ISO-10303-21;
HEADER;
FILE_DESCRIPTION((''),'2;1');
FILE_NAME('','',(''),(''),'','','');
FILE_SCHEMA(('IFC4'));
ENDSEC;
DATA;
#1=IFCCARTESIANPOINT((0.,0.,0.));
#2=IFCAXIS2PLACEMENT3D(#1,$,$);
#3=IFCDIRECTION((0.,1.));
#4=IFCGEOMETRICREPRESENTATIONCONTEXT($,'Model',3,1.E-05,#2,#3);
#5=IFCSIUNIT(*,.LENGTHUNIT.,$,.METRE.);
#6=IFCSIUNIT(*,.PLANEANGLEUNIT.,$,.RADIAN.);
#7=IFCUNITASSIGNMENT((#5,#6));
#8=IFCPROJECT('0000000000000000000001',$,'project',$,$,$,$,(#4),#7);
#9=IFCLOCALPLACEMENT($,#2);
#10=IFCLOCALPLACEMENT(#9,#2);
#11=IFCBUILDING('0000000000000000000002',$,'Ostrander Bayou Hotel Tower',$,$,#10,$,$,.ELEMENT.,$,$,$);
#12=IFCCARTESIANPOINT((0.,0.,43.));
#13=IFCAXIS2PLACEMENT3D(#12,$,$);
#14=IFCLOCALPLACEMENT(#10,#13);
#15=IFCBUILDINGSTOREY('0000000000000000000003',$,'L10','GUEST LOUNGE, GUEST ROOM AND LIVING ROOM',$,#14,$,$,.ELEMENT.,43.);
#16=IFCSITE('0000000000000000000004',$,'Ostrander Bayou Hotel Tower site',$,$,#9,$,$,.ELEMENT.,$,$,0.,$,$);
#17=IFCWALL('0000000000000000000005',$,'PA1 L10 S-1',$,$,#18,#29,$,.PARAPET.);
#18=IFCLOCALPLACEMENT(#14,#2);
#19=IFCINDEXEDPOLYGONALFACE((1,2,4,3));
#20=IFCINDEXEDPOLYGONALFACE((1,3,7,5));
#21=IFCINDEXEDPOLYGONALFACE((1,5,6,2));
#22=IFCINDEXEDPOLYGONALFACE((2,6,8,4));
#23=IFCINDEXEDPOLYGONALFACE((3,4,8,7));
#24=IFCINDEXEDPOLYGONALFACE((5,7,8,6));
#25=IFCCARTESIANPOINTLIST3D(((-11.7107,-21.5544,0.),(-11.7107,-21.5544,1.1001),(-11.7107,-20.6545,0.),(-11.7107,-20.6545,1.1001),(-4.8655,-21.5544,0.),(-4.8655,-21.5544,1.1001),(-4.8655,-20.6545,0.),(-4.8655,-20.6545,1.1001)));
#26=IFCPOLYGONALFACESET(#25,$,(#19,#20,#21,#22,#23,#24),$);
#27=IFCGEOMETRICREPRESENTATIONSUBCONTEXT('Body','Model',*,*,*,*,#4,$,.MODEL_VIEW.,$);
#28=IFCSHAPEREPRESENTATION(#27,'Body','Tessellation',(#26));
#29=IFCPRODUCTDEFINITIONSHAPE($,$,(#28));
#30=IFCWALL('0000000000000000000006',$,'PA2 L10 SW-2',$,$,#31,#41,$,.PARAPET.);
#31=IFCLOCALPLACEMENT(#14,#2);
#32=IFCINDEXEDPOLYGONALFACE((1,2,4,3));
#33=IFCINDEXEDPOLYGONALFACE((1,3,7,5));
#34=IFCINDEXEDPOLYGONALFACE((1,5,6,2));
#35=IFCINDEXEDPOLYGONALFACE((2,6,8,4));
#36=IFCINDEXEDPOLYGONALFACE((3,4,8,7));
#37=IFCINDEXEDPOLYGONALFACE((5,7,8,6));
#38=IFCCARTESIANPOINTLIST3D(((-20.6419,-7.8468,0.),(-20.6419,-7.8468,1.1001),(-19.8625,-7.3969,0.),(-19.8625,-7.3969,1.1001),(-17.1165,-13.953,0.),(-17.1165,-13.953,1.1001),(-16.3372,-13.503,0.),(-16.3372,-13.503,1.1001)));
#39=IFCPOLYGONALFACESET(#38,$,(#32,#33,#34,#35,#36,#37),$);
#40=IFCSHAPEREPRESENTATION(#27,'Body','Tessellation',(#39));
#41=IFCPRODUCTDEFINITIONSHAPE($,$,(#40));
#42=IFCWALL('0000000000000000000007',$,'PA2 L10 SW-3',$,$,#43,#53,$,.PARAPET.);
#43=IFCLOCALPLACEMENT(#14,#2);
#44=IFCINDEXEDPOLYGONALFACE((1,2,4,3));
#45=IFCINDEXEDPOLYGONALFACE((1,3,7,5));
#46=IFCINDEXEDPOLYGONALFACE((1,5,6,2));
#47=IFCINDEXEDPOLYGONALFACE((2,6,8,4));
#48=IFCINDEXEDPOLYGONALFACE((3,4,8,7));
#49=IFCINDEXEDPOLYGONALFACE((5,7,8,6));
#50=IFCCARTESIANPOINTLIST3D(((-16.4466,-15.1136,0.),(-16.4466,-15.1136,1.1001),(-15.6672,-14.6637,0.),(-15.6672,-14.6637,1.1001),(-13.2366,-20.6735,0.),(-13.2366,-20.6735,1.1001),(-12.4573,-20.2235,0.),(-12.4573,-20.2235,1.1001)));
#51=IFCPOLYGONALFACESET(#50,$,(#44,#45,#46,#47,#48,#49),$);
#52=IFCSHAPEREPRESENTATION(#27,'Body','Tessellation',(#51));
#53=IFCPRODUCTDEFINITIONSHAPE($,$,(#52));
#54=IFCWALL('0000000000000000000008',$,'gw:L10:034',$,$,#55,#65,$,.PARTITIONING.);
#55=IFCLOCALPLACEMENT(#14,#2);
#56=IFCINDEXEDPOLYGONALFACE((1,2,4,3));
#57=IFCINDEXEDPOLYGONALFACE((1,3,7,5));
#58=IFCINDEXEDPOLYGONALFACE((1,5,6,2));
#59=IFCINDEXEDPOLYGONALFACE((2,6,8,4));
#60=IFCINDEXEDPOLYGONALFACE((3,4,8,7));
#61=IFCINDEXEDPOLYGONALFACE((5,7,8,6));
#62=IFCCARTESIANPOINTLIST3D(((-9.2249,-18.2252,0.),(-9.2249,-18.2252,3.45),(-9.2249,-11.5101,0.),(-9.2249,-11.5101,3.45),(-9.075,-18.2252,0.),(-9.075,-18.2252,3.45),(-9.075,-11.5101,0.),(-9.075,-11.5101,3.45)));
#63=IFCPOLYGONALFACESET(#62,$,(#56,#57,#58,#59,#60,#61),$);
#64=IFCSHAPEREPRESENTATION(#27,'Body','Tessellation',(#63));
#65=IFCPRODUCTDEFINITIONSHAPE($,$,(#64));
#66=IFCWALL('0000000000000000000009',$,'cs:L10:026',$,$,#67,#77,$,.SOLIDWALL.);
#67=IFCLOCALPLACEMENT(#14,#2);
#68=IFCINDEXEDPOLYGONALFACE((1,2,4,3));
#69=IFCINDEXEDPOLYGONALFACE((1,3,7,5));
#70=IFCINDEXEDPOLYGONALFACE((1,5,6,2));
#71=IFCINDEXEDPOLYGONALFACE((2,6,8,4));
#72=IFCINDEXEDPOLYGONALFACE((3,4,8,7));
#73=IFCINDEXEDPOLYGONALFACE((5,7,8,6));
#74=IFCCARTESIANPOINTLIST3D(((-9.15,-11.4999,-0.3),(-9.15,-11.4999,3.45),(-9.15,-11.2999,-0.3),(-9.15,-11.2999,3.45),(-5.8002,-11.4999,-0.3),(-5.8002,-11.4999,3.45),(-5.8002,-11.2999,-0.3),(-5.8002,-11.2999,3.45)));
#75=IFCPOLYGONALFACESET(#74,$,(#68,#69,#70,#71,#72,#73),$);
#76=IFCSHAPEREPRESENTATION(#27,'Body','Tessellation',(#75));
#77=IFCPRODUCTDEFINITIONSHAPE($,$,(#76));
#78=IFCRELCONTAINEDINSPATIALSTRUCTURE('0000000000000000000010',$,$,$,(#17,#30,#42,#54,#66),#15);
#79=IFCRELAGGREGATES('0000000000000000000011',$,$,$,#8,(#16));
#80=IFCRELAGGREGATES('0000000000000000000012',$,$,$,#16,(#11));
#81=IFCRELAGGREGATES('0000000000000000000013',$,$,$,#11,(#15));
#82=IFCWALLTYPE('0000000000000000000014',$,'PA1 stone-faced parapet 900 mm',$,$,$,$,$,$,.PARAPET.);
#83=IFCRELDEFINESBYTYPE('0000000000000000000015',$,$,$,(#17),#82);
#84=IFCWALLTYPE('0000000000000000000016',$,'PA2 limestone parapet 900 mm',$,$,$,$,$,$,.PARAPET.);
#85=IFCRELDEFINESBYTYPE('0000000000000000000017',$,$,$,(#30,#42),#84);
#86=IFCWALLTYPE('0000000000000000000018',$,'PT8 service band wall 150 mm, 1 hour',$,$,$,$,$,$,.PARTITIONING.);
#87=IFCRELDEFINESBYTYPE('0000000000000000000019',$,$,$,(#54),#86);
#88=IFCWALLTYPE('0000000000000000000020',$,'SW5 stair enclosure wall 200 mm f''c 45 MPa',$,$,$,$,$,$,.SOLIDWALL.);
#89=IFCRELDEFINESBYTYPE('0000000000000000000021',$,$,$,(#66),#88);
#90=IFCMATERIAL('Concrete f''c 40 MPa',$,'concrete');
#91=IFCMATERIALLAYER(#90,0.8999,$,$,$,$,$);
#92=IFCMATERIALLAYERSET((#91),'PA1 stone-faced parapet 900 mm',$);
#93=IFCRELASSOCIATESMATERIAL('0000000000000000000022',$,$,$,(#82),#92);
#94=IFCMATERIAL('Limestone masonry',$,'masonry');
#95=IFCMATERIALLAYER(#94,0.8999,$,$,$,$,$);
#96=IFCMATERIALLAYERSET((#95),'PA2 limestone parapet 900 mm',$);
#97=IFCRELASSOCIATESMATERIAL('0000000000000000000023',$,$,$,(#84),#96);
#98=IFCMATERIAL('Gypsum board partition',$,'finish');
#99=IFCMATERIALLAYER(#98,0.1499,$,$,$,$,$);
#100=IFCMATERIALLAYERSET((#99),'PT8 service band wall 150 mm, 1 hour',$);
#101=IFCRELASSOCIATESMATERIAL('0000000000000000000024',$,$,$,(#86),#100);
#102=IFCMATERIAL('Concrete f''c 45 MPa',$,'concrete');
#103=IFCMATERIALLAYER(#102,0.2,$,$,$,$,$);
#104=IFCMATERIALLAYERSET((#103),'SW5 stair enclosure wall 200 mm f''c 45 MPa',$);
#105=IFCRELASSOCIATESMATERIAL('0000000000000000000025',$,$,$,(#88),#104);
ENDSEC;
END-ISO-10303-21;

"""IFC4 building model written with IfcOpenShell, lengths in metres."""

from ifc_helpers import new_model, si_unit, direction, frame, frame_2d, origin, place, context, subcontext, project, spatial, rectangle, extrude, material, layer, layer_set, type_object, element, save


model = new_model("IFC4")

# Units and contexts
model_context = context("Model", 3, precision=1e-05, world=origin(), true_north=direction((0.0, 1.0)))
body_context = subcontext(model_context, "Body", "Model", "MODEL_VIEW")
ifc_project = project(units=[si_unit("LENGTHUNIT", "METRE"), si_unit("PLANEANGLEUNIT", "RADIAN")], contexts=[model_context])

# Site, building, storey
site_placement = place(None, origin())
site = spatial("IfcSite", under=ifc_project, at=site_placement, Name="Ostrander Bayou Hotel Tower site", CompositionType="ELEMENT", RefElevation=0.0)
building_placement = place(site_placement, origin())
building = spatial("IfcBuilding", under=site, at=building_placement, Name="Ostrander Bayou Hotel Tower", CompositionType="ELEMENT")
storey_placement = place(building_placement, frame((0.0, 0.0, 43.0)))
storey = spatial("IfcBuildingStorey", under=building, at=storey_placement, Name="L10", Description="GUEST LOUNGE, GUEST ROOM AND LIVING ROOM", CompositionType="ELEMENT", Elevation=43.0)

# Walls
ifc_material_1 = material(Name="Concrete f'c 40 MPa", Category="concrete")
ifc_layer_1 = layer(ifc_material_1, 0.8999)
ifc_layer_set_1 = layer_set([ifc_layer_1], Name="PA1 stone-faced parapet 900 mm")
wall_type_1 = type_object("IfcWallType", Name="PA1 stone-faced parapet 900 mm", PredefinedType="PARAPET", material=ifc_layer_set_1)
wall_1_placement = place(storey_placement, frame((-11.7107, -21.1045, 0.0), z_axis=(0.0, 0.0, 1.0), x_axis=(1.0, 0.0, 0.0)))
element("IfcWall", 1, at=wall_1_placement, inside=storey, type_object=wall_type_1, Name="PA1 L10 S-1", PredefinedType="PARAPET", context=body_context, shape_type="SweptSolid", body=[
    extrude(rectangle(XDim=6.8452, YDim=0.8999, at=frame_2d((3.4226, 0.0))), origin(), (0.0, 0.0, 1.0), 1.1001),
])
ifc_material_2 = material(Name="Limestone masonry", Category="masonry")
ifc_layer_2 = layer(ifc_material_2, 0.8999)
ifc_layer_set_2 = layer_set([ifc_layer_2], Name="PA2 limestone parapet 900 mm")
wall_type_2 = type_object("IfcWallType", Name="PA2 limestone parapet 900 mm", PredefinedType="PARAPET", material=ifc_layer_set_2)
wall_2_placement = place(storey_placement, frame((-20.2522, -7.6218, 0.0), z_axis=(0.0, 0.0, 1.0), x_axis=(0.499997, -0.866027, 0.0)))
element("IfcWall", 2, at=wall_2_placement, inside=storey, type_object=wall_type_2, Name="PA2 L10 SW-2", PredefinedType="PARAPET", context=body_context, shape_type="SweptSolid", body=[
    extrude(rectangle(XDim=7.0508, YDim=0.8999, at=frame_2d((3.5254, 0.0))), origin(), (0.0, 0.0, 1.0), 1.1001),
])
wall_3_placement = place(storey_placement, frame((-16.0569, -14.8887, 0.0), z_axis=(0.0, 0.0, 1.0), x_axis=(0.5, -0.866025, 0.0)))
element("IfcWall", 3, at=wall_3_placement, inside=storey, type_object=wall_type_2, Name="PA2 L10 SW-3", PredefinedType="PARAPET", context=body_context, shape_type="SweptSolid", body=[
    extrude(rectangle(XDim=6.4199, YDim=0.8999, at=frame_2d((3.21, 0.0))), origin(), (0.0, 0.0, 1.0), 1.1001),
])
ifc_material_3 = material(Name="Gypsum board partition", Category="finish")
ifc_layer_3 = layer(ifc_material_3, 0.1499)
ifc_layer_set_3 = layer_set([ifc_layer_3], Name="PT8 service band wall 150 mm, 1 hour")
wall_type_3 = type_object("IfcWallType", Name="PT8 service band wall 150 mm, 1 hour", PredefinedType="PARTITIONING", material=ifc_layer_set_3)
wall_4_placement = place(storey_placement, frame((-9.1499, -18.2251, 0.0), z_axis=(0.0, 0.0, 1.0), x_axis=(0.0, 1.0, 0.0)))
element("IfcWall", 4, at=wall_4_placement, inside=storey, type_object=wall_type_3, Name="gw:L10:034", PredefinedType="PARTITIONING", context=body_context, shape_type="SweptSolid", body=[
    extrude(rectangle(XDim=6.7151, YDim=0.1499, at=frame_2d((3.3574, 0.0))), origin(), (0.0, 0.0, 1.0), 3.45),
])
ifc_material_4 = material(Name="Concrete f'c 45 MPa", Category="concrete")
ifc_layer_4 = layer(ifc_material_4, 0.2)
ifc_layer_set_4 = layer_set([ifc_layer_4], Name="SW5 stair enclosure wall 200 mm f'c 45 MPa")
wall_type_4 = type_object("IfcWallType", Name="SW5 stair enclosure wall 200 mm f'c 45 MPa", PredefinedType="SOLIDWALL", material=ifc_layer_set_4)
wall_5_placement = place(storey_placement, frame((-9.1499, -11.3999, -0.3), z_axis=(0.0, 0.0, 1.0), x_axis=(1.0, 0.0, 0.0)))
element("IfcWall", 5, at=wall_5_placement, inside=storey, type_object=wall_type_4, Name="cs:L10:026", PredefinedType="SOLIDWALL", context=body_context, shape_type="SweptSolid", body=[
    extrude(rectangle(XDim=3.3499, YDim=0.2, at=frame_2d((1.6748, 0.0))), origin(), (0.0, 0.0, 1.0), 3.75),
])

save(model, "model.ifc")
